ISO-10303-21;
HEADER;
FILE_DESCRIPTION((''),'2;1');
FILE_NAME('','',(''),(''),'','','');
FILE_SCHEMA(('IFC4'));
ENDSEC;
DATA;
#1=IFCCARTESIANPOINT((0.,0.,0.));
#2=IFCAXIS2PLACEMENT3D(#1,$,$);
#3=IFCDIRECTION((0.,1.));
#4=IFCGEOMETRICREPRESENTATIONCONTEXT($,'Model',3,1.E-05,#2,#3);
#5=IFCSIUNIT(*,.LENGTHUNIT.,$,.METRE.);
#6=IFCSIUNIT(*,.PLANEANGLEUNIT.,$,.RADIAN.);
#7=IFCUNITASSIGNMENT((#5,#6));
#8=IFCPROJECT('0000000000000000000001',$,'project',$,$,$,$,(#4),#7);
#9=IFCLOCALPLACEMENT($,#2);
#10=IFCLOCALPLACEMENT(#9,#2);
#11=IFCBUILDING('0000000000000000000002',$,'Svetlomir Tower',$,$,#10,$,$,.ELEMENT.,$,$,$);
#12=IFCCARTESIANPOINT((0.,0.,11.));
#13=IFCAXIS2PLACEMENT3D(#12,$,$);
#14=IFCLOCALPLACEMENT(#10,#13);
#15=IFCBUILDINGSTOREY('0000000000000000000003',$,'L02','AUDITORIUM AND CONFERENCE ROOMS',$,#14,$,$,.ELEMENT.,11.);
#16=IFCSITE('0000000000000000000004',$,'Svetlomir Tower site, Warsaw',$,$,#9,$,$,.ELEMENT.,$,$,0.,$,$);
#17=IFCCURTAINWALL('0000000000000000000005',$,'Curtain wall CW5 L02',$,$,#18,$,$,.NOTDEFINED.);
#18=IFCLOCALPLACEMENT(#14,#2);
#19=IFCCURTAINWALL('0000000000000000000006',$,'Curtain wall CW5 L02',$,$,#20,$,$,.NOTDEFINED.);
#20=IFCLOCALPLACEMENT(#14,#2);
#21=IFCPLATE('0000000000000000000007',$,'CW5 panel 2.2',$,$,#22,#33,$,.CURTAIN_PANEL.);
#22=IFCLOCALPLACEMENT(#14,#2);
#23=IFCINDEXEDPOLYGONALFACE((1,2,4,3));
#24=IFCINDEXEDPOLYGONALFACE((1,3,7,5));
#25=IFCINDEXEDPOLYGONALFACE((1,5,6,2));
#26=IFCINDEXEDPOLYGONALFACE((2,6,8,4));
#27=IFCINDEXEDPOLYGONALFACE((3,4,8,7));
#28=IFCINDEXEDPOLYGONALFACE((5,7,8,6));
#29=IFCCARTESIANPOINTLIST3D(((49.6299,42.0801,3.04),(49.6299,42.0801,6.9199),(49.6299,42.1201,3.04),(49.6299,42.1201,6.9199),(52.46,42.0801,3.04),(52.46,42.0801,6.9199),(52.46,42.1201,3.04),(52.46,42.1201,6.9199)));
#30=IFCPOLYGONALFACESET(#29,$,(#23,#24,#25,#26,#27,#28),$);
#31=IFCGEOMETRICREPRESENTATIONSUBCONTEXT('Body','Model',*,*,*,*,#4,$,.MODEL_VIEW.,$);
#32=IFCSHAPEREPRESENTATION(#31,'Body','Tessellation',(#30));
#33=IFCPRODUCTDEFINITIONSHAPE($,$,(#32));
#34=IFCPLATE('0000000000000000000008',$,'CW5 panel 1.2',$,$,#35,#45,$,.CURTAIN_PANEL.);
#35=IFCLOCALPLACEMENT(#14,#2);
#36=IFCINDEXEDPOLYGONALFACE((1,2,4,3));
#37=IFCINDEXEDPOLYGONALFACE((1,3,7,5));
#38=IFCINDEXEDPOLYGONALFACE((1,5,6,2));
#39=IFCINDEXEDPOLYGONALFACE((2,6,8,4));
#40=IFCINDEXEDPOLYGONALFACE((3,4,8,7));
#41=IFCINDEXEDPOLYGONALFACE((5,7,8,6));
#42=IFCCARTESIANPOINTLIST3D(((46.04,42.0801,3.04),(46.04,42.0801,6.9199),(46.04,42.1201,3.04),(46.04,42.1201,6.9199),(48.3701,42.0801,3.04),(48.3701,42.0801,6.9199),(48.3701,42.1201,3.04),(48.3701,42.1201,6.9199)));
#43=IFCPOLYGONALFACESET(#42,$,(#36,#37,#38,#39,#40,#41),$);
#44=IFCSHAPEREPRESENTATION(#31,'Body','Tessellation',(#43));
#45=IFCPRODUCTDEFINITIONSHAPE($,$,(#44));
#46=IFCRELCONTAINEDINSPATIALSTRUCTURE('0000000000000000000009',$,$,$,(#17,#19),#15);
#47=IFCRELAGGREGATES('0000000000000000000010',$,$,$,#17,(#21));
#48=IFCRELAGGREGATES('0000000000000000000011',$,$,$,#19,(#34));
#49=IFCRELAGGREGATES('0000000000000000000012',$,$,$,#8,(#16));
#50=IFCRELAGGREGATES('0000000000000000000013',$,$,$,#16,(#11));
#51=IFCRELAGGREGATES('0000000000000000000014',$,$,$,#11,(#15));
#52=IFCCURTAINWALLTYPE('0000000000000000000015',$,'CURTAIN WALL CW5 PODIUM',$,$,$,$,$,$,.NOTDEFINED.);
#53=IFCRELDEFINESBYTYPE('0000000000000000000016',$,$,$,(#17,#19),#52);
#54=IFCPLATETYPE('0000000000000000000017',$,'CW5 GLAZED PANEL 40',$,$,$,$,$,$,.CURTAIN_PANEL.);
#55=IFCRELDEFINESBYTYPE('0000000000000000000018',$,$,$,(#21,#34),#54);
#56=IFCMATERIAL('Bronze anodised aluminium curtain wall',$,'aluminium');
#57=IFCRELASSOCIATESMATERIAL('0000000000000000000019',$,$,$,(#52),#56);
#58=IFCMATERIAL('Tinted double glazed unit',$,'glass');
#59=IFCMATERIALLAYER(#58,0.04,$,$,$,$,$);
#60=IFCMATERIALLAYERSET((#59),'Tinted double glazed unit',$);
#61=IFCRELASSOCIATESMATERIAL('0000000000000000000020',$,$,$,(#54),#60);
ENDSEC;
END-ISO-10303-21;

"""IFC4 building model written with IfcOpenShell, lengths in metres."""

from ifc_helpers import new_model, si_unit, direction, frame, origin, origin_2d, place, context, subcontext, project, spatial, rectangle, extrude, material, layer, layer_set, type_object, element, aggregate, save


model = new_model("IFC4")

# Units and contexts
model_context = context("Model", 3, precision=1e-05, world=origin(), true_north=direction((0.0, 1.0)))
body_context = subcontext(model_context, "Body", "Model", "MODEL_VIEW")
ifc_project = project(units=[si_unit("LENGTHUNIT", "METRE"), si_unit("PLANEANGLEUNIT", "RADIAN")], contexts=[model_context])

# Site, building, storey
site_placement = place(None, origin())
site = spatial("IfcSite", under=ifc_project, at=site_placement, Name="Svetlomir Tower site, Warsaw", CompositionType="ELEMENT", RefElevation=0.0)
building_placement = place(site_placement, origin())
building = spatial("IfcBuilding", under=site, at=building_placement, Name="Svetlomir Tower", CompositionType="ELEMENT")
storey_placement = place(building_placement, frame((0.0, 0.0, 11.0)))
storey = spatial("IfcBuildingStorey", under=building, at=storey_placement, Name="L02", Description="AUDITORIUM AND CONFERENCE ROOMS", CompositionType="ELEMENT", Elevation=11.0)

# Shared definitions
ifc_material_1 = material(Name="Bronze anodised aluminium curtain wall", Category="aluminium")
curtain_wall_type = type_object("IfcCurtainWallType", Name="CURTAIN WALL CW5 PODIUM", PredefinedType="NOTDEFINED", material=ifc_material_1)

# Curtain wall
curtain_wall_1_placement = place(storey_placement, origin())
curtain_wall_1 = element("IfcCurtainWall", 1, at=curtain_wall_1_placement, inside=storey, type_object=curtain_wall_type, Name="Curtain wall CW5 L02", PredefinedType="NOTDEFINED")

# Curtain wall
curtain_wall_2_placement = place(storey_placement, origin())
curtain_wall_2 = element("IfcCurtainWall", 2, at=curtain_wall_2_placement, inside=storey, type_object=curtain_wall_type, Name="Curtain wall CW5 L02", PredefinedType="NOTDEFINED")

# Plates
ifc_material_2 = material(Name="Tinted double glazed unit", Category="glass")
ifc_layer = layer(ifc_material_2, 0.04)
ifc_layer_set = layer_set([ifc_layer], Name="Tinted double glazed unit")
plate_type = type_object("IfcPlateType", Name="CW5 GLAZED PANEL 40", PredefinedType="CURTAIN_PANEL", material=ifc_layer_set)
plate_1_placement = place(storey_placement, frame((51.0449, 42.1001, 3.04), z_axis=(0.0, 0.0, 1.0), x_axis=(-1.0, 0.0, 0.0)))
plate_1 = element("IfcPlate", 3, at=plate_1_placement, type_object=plate_type, Name="CW5 panel 2.2", PredefinedType="CURTAIN_PANEL", context=body_context, shape_type="SweptSolid", body=[
    extrude(rectangle(XDim=2.8301, YDim=0.04, at=origin_2d()), origin(), (0.0, 0.0, 1.0), 3.8799),
])
aggregate(curtain_wall_1, [plate_1])
plate_2_placement = place(storey_placement, frame((47.2051, 42.1001, 3.04), z_axis=(0.0, 0.0, 1.0), x_axis=(-1.0, 0.0, 0.0)))
plate_2 = element("IfcPlate", 4, at=plate_2_placement, type_object=plate_type, Name="CW5 panel 1.2", PredefinedType="CURTAIN_PANEL", context=body_context, shape_type="SweptSolid", body=[
    extrude(rectangle(XDim=2.3301, YDim=0.04, at=origin_2d()), origin(), (0.0, 0.0, 1.0), 3.8799),
])
aggregate(curtain_wall_2, [plate_2])

save(model, "model.ifc")
